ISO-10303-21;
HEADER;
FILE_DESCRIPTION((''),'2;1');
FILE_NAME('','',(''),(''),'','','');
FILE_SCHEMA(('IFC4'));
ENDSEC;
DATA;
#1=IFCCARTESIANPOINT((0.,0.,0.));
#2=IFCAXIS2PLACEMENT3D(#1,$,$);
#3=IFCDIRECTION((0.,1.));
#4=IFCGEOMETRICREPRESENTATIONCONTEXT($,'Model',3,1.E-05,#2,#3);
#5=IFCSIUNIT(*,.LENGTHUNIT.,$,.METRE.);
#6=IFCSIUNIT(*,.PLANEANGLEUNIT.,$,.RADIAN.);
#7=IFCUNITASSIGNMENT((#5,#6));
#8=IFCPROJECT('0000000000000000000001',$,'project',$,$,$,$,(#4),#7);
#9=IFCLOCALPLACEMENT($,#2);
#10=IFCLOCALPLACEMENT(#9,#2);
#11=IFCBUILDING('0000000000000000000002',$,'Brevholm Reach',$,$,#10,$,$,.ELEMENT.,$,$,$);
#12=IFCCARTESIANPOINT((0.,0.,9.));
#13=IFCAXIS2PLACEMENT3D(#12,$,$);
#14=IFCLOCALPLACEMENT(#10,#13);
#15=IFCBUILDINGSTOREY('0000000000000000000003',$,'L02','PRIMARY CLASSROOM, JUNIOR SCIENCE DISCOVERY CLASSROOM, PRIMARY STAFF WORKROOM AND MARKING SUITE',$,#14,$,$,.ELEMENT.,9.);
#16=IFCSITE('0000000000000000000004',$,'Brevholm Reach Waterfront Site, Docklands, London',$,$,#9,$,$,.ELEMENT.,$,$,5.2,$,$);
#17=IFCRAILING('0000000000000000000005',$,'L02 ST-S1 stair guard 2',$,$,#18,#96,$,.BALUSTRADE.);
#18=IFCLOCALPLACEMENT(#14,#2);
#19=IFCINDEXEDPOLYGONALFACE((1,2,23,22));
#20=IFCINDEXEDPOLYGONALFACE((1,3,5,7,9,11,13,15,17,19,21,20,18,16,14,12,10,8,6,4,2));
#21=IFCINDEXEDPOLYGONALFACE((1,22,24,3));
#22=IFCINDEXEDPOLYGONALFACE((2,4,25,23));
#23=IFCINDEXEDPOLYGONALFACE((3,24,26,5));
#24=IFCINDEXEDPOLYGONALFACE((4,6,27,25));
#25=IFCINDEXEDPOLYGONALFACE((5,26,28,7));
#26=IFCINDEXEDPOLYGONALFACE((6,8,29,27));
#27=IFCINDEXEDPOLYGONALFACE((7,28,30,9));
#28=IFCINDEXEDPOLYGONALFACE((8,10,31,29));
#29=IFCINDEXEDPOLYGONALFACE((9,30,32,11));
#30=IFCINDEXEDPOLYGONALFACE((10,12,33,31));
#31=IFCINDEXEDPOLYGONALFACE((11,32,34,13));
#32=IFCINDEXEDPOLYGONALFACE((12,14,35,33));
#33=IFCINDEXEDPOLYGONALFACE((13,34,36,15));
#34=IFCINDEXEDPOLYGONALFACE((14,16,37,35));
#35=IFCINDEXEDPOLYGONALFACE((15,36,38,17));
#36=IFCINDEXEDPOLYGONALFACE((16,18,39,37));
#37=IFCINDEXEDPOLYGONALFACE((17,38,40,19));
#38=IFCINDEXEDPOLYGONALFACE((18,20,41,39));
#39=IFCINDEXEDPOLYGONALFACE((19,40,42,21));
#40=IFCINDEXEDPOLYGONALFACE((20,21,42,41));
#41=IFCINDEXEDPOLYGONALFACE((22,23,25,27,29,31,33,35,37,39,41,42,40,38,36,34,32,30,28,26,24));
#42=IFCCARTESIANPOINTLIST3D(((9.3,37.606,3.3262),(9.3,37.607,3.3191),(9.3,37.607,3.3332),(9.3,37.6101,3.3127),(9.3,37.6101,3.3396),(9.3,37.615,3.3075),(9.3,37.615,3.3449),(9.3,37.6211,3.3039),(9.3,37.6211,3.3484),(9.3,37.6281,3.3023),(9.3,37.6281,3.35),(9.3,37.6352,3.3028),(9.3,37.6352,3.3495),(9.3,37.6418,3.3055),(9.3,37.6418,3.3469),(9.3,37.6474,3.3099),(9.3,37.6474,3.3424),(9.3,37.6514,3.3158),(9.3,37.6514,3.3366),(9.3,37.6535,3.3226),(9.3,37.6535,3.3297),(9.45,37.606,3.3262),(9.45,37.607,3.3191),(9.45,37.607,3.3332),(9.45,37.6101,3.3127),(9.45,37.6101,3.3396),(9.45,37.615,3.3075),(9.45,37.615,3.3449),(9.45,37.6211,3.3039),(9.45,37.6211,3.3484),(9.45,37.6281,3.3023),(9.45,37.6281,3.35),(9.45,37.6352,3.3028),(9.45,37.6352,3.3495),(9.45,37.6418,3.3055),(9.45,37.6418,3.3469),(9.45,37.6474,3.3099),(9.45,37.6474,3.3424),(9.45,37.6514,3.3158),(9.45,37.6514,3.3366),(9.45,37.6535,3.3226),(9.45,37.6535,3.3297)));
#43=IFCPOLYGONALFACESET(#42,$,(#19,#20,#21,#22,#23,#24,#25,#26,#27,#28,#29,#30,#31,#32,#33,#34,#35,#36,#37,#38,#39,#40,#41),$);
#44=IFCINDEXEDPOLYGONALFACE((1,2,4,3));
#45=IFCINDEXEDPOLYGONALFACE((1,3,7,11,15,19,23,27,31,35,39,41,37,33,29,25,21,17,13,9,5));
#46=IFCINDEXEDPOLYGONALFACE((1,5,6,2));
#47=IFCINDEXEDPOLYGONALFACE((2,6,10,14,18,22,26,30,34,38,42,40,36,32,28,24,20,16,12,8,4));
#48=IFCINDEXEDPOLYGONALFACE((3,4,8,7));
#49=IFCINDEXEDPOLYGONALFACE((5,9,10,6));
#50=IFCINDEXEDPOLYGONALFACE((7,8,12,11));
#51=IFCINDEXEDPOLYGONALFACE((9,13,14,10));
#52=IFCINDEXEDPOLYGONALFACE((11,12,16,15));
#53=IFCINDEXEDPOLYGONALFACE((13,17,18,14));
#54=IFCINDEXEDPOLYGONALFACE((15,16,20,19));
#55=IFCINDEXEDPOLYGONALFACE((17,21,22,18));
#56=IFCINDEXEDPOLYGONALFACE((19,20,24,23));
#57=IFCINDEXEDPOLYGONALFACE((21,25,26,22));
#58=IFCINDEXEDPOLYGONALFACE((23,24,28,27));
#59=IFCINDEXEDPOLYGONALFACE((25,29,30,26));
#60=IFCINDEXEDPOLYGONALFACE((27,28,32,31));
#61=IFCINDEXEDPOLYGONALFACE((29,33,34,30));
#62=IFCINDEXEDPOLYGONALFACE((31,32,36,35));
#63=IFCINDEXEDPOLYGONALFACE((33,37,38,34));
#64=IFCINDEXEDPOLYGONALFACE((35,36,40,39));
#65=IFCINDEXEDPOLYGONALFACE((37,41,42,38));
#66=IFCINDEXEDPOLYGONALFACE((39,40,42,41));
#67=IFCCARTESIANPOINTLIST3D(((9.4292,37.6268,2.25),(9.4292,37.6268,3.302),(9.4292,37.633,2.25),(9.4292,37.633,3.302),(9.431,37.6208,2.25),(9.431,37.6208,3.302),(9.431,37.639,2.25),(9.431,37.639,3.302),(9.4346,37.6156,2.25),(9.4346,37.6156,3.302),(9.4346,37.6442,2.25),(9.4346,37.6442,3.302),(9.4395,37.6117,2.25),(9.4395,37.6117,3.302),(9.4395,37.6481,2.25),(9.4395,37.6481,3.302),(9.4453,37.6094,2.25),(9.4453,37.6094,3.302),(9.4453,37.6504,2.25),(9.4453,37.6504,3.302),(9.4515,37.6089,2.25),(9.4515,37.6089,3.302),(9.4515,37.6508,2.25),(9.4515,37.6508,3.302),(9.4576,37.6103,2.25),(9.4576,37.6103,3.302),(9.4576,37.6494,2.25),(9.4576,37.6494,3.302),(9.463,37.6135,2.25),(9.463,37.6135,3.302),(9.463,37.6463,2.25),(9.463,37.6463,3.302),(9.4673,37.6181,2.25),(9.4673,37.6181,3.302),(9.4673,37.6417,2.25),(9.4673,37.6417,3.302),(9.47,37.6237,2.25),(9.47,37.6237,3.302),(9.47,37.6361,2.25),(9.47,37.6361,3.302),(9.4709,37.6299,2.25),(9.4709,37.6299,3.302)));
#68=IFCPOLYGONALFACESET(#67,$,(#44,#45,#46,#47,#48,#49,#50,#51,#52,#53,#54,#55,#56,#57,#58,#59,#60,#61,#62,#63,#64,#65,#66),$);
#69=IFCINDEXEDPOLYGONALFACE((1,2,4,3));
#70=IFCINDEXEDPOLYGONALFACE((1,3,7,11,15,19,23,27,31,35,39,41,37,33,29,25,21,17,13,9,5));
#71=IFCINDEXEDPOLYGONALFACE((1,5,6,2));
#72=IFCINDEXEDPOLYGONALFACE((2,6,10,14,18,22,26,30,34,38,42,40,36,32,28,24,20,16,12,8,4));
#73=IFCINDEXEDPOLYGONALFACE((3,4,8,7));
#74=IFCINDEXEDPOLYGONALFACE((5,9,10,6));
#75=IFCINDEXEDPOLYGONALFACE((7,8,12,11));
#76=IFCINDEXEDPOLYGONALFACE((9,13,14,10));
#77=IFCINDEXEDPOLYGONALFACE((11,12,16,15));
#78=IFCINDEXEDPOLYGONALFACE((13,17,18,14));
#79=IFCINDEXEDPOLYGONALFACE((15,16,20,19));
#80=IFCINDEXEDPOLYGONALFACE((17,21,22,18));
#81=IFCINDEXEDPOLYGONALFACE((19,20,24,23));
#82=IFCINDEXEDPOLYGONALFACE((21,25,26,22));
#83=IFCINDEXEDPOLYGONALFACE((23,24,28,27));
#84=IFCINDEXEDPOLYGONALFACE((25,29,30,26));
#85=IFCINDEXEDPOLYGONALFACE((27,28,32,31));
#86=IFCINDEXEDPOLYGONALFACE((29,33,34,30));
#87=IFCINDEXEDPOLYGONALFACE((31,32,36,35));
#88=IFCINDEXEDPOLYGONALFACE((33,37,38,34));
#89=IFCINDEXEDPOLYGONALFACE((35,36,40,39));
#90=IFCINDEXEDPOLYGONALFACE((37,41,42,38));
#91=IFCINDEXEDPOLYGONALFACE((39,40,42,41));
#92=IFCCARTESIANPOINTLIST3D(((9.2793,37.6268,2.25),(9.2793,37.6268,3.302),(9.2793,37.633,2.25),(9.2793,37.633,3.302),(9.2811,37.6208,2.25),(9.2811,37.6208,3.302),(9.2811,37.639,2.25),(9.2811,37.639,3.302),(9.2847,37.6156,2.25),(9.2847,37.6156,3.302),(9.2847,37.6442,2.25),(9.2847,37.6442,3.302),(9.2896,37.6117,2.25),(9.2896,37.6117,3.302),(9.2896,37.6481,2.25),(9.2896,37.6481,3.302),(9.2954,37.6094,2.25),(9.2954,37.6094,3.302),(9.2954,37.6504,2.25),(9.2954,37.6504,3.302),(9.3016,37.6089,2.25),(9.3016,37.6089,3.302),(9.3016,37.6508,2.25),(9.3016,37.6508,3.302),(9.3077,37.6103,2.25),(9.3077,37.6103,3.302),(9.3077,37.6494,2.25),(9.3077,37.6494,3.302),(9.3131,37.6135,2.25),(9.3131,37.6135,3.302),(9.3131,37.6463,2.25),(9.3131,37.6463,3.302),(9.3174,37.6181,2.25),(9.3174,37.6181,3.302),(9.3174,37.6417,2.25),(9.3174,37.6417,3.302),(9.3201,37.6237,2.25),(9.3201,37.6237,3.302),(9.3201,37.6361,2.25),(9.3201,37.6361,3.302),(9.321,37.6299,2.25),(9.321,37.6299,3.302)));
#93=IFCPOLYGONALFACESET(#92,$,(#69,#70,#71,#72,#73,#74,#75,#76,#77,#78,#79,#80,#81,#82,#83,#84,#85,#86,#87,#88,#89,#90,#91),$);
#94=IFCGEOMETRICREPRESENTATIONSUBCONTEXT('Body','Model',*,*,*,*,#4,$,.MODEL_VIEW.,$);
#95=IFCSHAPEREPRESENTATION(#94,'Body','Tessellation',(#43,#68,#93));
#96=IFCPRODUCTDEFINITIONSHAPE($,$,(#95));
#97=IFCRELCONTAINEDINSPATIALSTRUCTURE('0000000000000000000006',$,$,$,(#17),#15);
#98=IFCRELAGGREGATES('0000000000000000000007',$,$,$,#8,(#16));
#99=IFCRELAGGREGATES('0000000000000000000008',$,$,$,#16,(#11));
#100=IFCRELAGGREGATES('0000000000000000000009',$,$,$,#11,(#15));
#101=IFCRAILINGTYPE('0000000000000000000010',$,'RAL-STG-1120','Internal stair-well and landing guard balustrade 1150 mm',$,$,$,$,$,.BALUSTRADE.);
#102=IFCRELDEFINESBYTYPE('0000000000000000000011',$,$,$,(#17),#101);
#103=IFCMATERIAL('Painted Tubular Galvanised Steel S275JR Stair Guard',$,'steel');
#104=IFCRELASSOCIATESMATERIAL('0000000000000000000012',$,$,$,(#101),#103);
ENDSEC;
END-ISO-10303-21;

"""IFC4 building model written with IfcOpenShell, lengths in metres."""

from ifc_helpers import new_model, si_unit, direction, frame, origin, origin_2d, place, context, subcontext, project, spatial, circle, extrude, material, type_object, element, save


model = new_model("IFC4")

# Units and contexts
model_context = context("Model", 3, precision=1e-05, world=origin(), true_north=direction((0.0, 1.0)))
body_context = subcontext(model_context, "Body", "Model", "MODEL_VIEW")
ifc_project = project(units=[si_unit("LENGTHUNIT", "METRE"), si_unit("PLANEANGLEUNIT", "RADIAN")], contexts=[model_context])

# Site, building, storey
site_placement = place(None, origin())
site = spatial("IfcSite", under=ifc_project, at=site_placement, Name="Brevholm Reach Waterfront Site, Docklands, London", CompositionType="ELEMENT", RefElevation=5.2)
building_placement = place(site_placement, origin())
building = spatial("IfcBuilding", under=site, at=building_placement, Name="Brevholm Reach", CompositionType="ELEMENT")
storey_placement = place(building_placement, frame((0.0, 0.0, 9.0)))
storey = spatial("IfcBuildingStorey", under=building, at=storey_placement, Name="L02", Description="PRIMARY CLASSROOM, JUNIOR SCIENCE DISCOVERY CLASSROOM, PRIMARY STAFF WORKROOM AND MARKING SUITE", CompositionType="ELEMENT", Elevation=9.0)

# Railing
ifc_material_1 = material(Name="Painted Tubular Galvanised Steel S275JR Stair Guard", Category="steel")
railing_type_1 = type_object("IfcRailingType", Name="RAL-STG-1120", Description="Internal stair-well and landing guard balustrade 1150 mm", PredefinedType="BALUSTRADE", material=ifc_material_1)
railing_1_placement = place(storey_placement, frame((9.45, 37.6299, 2.25)))
element("IfcRailing", 1, at=railing_1_placement, inside=storey, type_object=railing_type_1, Name="L02 ST-S1 stair guard 2", PredefinedType="BALUSTRADE", context=body_context, shape_type="SweptSolid", body=[
    extrude(circle(Radius=0.0239, at=origin_2d()), frame((0.0, 0.0, 1.0762), z_axis=(-1.0, 0.0, 0.0), x_axis=(0.0, -1.0, 0.0)), (0.0, 0.0, 1.0), 0.1499),
    extrude(circle(Radius=0.021, at=origin_2d()), origin(), (0.0, 0.0, 1.0), 1.052),
    extrude(circle(Radius=0.021, at=origin_2d()), frame((-0.1499, 0.0, 0.0)), (0.0, 0.0, 1.0), 1.052),
])

save(model, "model.ifc")
